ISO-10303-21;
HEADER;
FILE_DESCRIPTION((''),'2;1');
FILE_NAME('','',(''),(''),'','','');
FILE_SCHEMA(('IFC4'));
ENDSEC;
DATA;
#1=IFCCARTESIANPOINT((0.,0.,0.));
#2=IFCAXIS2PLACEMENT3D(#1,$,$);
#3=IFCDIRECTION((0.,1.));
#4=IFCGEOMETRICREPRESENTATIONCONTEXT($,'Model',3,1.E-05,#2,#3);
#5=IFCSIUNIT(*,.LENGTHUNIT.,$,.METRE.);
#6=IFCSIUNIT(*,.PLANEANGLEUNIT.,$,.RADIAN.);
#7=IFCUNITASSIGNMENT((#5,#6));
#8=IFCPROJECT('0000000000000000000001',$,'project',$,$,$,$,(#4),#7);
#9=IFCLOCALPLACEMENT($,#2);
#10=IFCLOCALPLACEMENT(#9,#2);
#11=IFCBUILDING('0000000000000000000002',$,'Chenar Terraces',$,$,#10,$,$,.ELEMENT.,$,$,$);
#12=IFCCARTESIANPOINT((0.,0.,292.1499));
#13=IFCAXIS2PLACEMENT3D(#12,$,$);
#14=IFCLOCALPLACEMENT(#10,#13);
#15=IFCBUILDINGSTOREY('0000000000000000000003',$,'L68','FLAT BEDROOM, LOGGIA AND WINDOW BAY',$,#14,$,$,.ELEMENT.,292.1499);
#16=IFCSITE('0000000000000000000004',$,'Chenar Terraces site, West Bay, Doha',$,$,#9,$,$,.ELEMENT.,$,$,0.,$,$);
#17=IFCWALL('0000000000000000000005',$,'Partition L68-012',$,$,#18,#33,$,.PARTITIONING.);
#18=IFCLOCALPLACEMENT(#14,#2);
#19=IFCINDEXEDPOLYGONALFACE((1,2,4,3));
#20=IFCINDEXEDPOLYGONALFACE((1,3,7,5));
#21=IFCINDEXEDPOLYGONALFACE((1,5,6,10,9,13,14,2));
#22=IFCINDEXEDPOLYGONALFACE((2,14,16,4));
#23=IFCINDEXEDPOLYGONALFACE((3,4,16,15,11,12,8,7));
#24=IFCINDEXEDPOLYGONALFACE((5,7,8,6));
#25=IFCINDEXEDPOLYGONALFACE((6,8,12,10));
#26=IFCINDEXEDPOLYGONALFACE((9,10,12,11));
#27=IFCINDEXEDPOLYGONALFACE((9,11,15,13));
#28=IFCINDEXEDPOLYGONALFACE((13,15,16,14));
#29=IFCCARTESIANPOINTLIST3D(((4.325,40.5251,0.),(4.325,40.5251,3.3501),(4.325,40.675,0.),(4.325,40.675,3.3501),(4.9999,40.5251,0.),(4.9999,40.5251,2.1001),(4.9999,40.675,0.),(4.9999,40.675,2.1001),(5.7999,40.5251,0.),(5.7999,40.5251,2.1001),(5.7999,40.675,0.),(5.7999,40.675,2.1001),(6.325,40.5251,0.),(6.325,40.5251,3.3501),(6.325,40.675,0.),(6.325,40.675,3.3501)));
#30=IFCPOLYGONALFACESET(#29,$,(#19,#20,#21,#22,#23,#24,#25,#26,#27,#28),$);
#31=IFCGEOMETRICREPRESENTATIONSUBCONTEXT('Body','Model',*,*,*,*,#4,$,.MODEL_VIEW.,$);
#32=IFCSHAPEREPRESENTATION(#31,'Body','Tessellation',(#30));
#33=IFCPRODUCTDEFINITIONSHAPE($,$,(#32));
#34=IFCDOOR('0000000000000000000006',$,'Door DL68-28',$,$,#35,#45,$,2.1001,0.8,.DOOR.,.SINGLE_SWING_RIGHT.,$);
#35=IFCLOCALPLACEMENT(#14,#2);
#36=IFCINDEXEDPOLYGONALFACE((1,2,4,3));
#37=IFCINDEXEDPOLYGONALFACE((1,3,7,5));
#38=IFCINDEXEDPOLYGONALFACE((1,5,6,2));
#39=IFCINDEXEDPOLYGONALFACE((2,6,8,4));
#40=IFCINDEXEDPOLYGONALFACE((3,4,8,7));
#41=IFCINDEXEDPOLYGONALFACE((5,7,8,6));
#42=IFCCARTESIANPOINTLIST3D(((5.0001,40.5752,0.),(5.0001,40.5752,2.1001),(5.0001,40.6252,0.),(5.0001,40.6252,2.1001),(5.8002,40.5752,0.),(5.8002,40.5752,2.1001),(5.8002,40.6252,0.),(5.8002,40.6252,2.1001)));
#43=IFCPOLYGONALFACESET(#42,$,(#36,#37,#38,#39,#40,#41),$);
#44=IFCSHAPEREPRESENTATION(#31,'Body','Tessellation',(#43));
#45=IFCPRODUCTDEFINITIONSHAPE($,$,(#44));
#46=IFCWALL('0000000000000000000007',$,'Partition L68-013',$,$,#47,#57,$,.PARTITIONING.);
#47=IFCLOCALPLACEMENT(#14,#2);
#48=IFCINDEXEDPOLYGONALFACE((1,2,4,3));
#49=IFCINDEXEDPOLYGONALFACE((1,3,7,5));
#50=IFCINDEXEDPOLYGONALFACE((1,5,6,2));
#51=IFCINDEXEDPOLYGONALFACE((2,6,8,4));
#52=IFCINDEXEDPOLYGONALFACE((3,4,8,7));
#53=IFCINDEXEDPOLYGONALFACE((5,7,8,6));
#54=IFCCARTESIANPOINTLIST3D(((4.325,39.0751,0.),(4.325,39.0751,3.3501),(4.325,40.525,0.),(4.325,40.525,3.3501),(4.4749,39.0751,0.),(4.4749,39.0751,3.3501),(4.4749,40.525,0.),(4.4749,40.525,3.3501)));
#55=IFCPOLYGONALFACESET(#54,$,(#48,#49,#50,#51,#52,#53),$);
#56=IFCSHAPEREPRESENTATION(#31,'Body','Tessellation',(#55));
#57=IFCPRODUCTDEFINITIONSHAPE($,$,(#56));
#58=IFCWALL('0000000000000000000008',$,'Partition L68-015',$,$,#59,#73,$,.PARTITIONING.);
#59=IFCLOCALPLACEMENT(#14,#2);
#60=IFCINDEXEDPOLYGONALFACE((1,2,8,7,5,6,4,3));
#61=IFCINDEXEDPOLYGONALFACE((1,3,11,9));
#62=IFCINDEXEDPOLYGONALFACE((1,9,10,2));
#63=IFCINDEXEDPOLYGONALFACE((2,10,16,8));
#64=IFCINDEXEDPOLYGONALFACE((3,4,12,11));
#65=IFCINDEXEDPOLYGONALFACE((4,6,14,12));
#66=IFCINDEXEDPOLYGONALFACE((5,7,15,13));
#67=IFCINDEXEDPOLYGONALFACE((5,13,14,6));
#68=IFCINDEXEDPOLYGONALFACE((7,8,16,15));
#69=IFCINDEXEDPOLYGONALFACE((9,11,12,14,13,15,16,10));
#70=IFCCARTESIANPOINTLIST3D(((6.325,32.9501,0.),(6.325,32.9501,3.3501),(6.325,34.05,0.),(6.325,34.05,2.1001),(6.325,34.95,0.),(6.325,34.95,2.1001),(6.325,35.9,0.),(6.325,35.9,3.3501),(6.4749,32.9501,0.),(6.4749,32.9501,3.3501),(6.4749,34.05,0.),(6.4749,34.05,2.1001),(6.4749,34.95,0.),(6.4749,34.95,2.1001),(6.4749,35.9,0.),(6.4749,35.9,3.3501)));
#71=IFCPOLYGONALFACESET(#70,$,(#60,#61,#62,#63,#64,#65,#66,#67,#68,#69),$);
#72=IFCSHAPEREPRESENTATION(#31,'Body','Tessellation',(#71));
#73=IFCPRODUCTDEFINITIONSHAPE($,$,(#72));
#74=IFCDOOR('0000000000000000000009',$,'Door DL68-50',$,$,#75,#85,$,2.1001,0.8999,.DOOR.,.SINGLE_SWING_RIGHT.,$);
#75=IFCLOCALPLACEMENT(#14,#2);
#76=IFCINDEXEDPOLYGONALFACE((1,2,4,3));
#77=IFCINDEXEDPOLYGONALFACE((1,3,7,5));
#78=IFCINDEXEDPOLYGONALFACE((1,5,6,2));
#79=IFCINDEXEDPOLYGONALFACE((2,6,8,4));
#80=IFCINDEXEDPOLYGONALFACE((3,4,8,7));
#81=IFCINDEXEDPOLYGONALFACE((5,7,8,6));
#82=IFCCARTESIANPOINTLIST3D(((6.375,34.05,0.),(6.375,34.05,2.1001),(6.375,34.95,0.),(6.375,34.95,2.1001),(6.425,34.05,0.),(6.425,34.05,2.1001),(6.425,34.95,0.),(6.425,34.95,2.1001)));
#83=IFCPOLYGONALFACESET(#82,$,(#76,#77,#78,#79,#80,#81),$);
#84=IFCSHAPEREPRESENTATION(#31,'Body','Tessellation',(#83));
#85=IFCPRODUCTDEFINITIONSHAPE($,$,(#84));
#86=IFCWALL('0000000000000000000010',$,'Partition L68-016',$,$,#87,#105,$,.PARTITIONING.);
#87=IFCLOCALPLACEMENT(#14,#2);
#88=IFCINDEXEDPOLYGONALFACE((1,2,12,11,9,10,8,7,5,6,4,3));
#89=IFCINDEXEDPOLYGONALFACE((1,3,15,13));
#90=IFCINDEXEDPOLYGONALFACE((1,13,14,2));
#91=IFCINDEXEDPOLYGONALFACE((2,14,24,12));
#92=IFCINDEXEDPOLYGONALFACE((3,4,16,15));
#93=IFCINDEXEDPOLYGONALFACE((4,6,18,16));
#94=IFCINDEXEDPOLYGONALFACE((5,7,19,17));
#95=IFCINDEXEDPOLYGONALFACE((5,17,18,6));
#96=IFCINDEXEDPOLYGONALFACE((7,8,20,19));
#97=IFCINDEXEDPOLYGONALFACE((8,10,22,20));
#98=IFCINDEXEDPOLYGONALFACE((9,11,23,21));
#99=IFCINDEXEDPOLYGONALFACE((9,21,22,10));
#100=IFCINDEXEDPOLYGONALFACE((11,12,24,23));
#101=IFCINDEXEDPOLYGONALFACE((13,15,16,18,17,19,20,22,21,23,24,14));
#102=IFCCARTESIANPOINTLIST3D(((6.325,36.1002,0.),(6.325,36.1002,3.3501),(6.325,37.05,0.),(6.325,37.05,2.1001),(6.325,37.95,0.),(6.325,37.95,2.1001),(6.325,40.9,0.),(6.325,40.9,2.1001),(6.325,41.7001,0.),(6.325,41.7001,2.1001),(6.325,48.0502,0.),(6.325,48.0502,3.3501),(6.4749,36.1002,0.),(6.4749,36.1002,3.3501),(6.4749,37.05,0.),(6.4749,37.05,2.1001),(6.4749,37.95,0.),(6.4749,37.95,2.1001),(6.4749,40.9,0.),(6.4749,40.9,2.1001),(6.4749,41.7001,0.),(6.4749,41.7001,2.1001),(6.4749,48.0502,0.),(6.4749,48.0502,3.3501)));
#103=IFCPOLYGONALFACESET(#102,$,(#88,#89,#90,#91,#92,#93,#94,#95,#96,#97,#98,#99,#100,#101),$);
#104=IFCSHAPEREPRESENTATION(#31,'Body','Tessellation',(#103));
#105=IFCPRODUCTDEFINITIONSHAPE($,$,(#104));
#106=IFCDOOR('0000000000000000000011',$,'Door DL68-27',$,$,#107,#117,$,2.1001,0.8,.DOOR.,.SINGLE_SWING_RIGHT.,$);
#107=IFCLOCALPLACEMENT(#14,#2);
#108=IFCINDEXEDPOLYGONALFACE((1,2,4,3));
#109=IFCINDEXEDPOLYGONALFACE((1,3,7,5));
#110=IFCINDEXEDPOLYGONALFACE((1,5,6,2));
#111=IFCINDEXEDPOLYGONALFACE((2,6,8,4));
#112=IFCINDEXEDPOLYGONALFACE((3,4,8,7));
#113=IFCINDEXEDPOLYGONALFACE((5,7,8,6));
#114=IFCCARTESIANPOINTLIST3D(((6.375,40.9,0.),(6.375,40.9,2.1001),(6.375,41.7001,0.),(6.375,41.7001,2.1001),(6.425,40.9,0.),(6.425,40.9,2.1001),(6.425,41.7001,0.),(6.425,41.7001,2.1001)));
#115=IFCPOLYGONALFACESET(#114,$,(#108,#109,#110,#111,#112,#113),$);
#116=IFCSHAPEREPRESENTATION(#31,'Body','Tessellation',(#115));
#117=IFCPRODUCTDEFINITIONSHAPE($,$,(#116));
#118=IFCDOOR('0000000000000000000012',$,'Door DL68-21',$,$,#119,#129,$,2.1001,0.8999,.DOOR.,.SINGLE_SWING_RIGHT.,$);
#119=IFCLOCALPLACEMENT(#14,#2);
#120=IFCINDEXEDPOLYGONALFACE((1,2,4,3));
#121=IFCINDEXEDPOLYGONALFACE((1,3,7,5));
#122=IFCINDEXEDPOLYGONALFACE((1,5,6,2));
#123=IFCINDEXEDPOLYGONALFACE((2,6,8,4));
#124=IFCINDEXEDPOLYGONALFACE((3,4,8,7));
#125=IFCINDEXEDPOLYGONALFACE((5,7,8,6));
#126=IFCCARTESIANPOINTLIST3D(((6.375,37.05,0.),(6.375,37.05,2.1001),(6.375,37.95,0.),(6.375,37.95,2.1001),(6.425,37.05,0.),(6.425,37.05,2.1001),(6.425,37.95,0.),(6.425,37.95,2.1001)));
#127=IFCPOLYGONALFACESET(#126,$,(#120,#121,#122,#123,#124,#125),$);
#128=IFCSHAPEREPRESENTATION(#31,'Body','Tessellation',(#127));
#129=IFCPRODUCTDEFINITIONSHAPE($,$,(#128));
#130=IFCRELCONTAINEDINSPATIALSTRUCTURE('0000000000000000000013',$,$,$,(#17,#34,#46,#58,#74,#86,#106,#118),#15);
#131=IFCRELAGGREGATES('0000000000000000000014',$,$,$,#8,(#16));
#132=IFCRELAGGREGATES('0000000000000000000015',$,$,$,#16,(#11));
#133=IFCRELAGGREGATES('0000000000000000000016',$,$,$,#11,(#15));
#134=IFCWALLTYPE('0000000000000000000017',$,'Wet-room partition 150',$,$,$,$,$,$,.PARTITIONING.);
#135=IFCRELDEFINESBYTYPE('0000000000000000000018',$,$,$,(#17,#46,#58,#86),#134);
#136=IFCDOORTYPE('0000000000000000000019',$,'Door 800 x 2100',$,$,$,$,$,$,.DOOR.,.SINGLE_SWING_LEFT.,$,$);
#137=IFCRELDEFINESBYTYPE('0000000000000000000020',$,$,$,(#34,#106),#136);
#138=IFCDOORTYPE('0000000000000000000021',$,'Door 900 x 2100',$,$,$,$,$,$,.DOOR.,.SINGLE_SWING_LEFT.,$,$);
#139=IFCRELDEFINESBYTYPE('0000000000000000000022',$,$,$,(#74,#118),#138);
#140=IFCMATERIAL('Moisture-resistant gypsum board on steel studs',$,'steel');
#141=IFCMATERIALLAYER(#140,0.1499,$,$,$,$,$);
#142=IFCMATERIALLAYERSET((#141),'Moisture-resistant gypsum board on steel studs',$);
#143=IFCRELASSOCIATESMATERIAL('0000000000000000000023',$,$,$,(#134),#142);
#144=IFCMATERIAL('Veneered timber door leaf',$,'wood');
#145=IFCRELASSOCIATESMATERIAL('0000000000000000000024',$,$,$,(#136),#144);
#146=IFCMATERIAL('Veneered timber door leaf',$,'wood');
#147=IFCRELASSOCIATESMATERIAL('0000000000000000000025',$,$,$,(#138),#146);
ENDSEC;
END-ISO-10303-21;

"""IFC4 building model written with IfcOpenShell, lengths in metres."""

from ifc_helpers import new_model, si_unit, direction, frame, frame_2d, origin, place, context, subcontext, project, spatial, rectangle, extrude, material, layer, layer_set, type_object, element, fill, save


model = new_model("IFC4")

# Units and contexts
model_context = context("Model", 3, precision=1e-05, world=origin(), true_north=direction((0.0, 1.0)))
body_context = subcontext(model_context, "Body", "Model", "MODEL_VIEW")
ifc_project = project(units=[si_unit("LENGTHUNIT", "METRE"), si_unit("PLANEANGLEUNIT", "RADIAN")], contexts=[model_context])

# Site, building, storey
site_placement = place(None, origin())
site = spatial("IfcSite", under=ifc_project, at=site_placement, Name="Chenar Terraces site, West Bay, Doha", CompositionType="ELEMENT", RefElevation=0.0)
building_placement = place(site_placement, origin())
building = spatial("IfcBuilding", under=site, at=building_placement, Name="Chenar Terraces", CompositionType="ELEMENT")
storey_placement = place(building_placement, frame((0.0, 0.0, 292.1499)))
storey = spatial("IfcBuildingStorey", under=building, at=storey_placement, Name="L68", Description="FLAT BEDROOM, LOGGIA AND WINDOW BAY", CompositionType="ELEMENT", Elevation=292.1499)

# Shared definitions
ifc_material_1 = material(Name="Moisture-resistant gypsum board on steel studs", Category="steel")
ifc_layer_1 = layer(ifc_material_1, 0.1499)
ifc_layer_set_1 = layer_set([ifc_layer_1], Name="Moisture-resistant gypsum board on steel studs")
wall_type_1 = type_object("IfcWallType", Name="Wet-room partition 150", PredefinedType="PARTITIONING", material=ifc_layer_set_1)

# Wall, opening, door
wall_1_placement = place(storey_placement, frame((4.325, 40.6001, 0.0), z_axis=(0.0, 0.0, 1.0), x_axis=(1.0, 0.0, 0.0)))
wall_1 = element("IfcWall", 1, at=wall_1_placement, inside=storey, type_object=wall_type_1, Name="Partition L68-012", PredefinedType="PARTITIONING", context=body_context, shape_type="SweptSolid", body=[
    extrude(rectangle(XDim=2.0, YDim=0.1499, at=frame_2d((1.0, 0.0))), origin(), (0.0, 0.0, 1.0), 3.3501),
])
opening_1_placement = place(wall_1_placement, frame((0.675, 0.0, 0.0)))
opening_1 = element("IfcOpeningElement", 2, at=opening_1_placement, cuts=wall_1, PredefinedType="OPENING", context=body_context, shape_type="SweptSolid", body=[
    extrude(rectangle(XDim=0.8, YDim=2.1001, at=frame_2d((0.3999, 1.05))), frame((0.0, 0.085, 0.0), z_axis=(0.0, -1.0, 0.0), x_axis=(1.0, 0.0, 0.0)), (0.0, 0.0, 1.0), 0.1699),
])
ifc_material_2 = material(Name="Veneered timber door leaf", Category="wood")
door_type_1 = type_object("IfcDoorType", Name="Door 800 x 2100", OperationType="SINGLE_SWING_LEFT", PredefinedType="DOOR", material=ifc_material_2)
door_1_placement = place(opening_1_placement, frame((0.8, 0.0, 0.0), z_axis=(0.0, 0.0, 1.0), x_axis=(-1.0, 0.0, 0.0)))
door_1 = element("IfcDoor", 3, at=door_1_placement, inside=storey, type_object=door_type_1, Name="Door DL68-28", OperationType="SINGLE_SWING_RIGHT", OverallHeight=2.1001, OverallWidth=0.8, PredefinedType="DOOR", context=body_context, shape_type="SweptSolid", body=[
    extrude(rectangle(XDim=0.8, YDim=2.1001, at=frame_2d((0.3999, 1.05))), frame((0.0, 0.0249, 0.0), z_axis=(0.0, -1.0, 0.0), x_axis=(1.0, 0.0, 0.0)), (0.0, 0.0, 1.0), 0.05),
])
fill(opening_1, door_1)

# Wall
wall_2_placement = place(storey_placement, frame((4.3999, 39.075, 0.0), z_axis=(0.0, 0.0, 1.0), x_axis=(0.0, 1.0, 0.0)))
element("IfcWall", 4, at=wall_2_placement, inside=storey, type_object=wall_type_1, Name="Partition L68-013", PredefinedType="PARTITIONING", context=body_context, shape_type="SweptSolid", body=[
    extrude(rectangle(XDim=1.45, YDim=0.1499, at=frame_2d((0.7251, 0.0))), origin(), (0.0, 0.0, 1.0), 3.3501),
])

# Wall, opening, door
wall_3_placement = place(storey_placement, frame((6.3999, 32.95, 0.0), z_axis=(0.0, 0.0, 1.0), x_axis=(0.0, 1.0, 0.0)))
wall_3 = element("IfcWall", 5, at=wall_3_placement, inside=storey, type_object=wall_type_1, Name="Partition L68-015", PredefinedType="PARTITIONING", context=body_context, shape_type="SweptSolid", body=[
    extrude(rectangle(XDim=2.95, YDim=0.1499, at=frame_2d((1.4751, 0.0))), origin(), (0.0, 0.0, 1.0), 3.3501),
])
opening_2_placement = place(wall_3_placement, frame((1.1001, 0.0, 0.0)))
opening_2 = element("IfcOpeningElement", 6, at=opening_2_placement, cuts=wall_3, PredefinedType="OPENING", context=body_context, shape_type="SweptSolid", body=[
    extrude(rectangle(XDim=0.8999, YDim=2.1001, at=frame_2d((0.45, 1.05))), frame((0.0, 0.085, 0.0), z_axis=(0.0, -1.0, 0.0), x_axis=(1.0, 0.0, 0.0)), (0.0, 0.0, 1.0), 0.1699),
])
ifc_material_3 = material(Name="Veneered timber door leaf", Category="wood")
door_type_2 = type_object("IfcDoorType", Name="Door 900 x 2100", OperationType="SINGLE_SWING_LEFT", PredefinedType="DOOR", material=ifc_material_3)
door_2_placement = place(opening_2_placement, origin())
door_2 = element("IfcDoor", 7, at=door_2_placement, inside=storey, type_object=door_type_2, Name="Door DL68-50", OperationType="SINGLE_SWING_RIGHT", OverallHeight=2.1001, OverallWidth=0.8999, PredefinedType="DOOR", context=body_context, shape_type="SweptSolid", body=[
    extrude(rectangle(XDim=0.8999, YDim=2.1001, at=frame_2d((0.45, 1.05))), frame((0.0, 0.0249, 0.0), z_axis=(0.0, -1.0, 0.0), x_axis=(1.0, 0.0, 0.0)), (0.0, 0.0, 1.0), 0.05),
])
fill(opening_2, door_2)

# Wall, openings, doors
wall_4_placement = place(storey_placement, frame((6.3999, 36.1001, 0.0), z_axis=(0.0, 0.0, 1.0), x_axis=(0.0, 1.0, 0.0)))
wall_4 = element("IfcWall", 8, at=wall_4_placement, inside=storey, type_object=wall_type_1, Name="Partition L68-016", PredefinedType="PARTITIONING", context=body_context, shape_type="SweptSolid", body=[
    extrude(rectangle(XDim=11.95, YDim=0.1499, at=frame_2d((5.9751, 0.0))), origin(), (0.0, 0.0, 1.0), 3.3501),
])
opening_3_placement = place(wall_4_placement, frame((0.95, 0.0, 0.0)))
opening_3 = element("IfcOpeningElement", 9, at=opening_3_placement, cuts=wall_4, PredefinedType="OPENING", context=body_context, shape_type="SweptSolid", body=[
    extrude(rectangle(XDim=0.8999, YDim=2.1001, at=frame_2d((0.45, 1.05))), frame((0.0, 0.085, 0.0), z_axis=(0.0, -1.0, 0.0), x_axis=(1.0, 0.0, 0.0)), (0.0, 0.0, 1.0), 0.1699),
])
opening_4_placement = place(wall_4_placement, frame((4.8, 0.0, 0.0)))
opening_4 = element("IfcOpeningElement", 10, at=opening_4_placement, cuts=wall_4, PredefinedType="OPENING", context=body_context, shape_type="SweptSolid", body=[
    extrude(rectangle(XDim=0.8, YDim=2.1001, at=frame_2d((0.3999, 1.05))), frame((0.0, 0.085, 0.0), z_axis=(0.0, -1.0, 0.0), x_axis=(1.0, 0.0, 0.0)), (0.0, 0.0, 1.0), 0.1699),
])
door_3_placement = place(opening_4_placement, origin())
door_3 = element("IfcDoor", 11, at=door_3_placement, inside=storey, type_object=door_type_1, Name="Door DL68-27", OperationType="SINGLE_SWING_RIGHT", OverallHeight=2.1001, OverallWidth=0.8, PredefinedType="DOOR", context=body_context, shape_type="SweptSolid", body=[
    extrude(rectangle(XDim=0.8, YDim=2.1001, at=frame_2d((0.3999, 1.05))), frame((0.0, 0.0249, 0.0), z_axis=(0.0, -1.0, 0.0), x_axis=(1.0, 0.0, 0.0)), (0.0, 0.0, 1.0), 0.05),
])
fill(opening_4, door_3)
door_4_placement = place(opening_3_placement, origin())
door_4 = element("IfcDoor", 12, at=door_4_placement, inside=storey, type_object=door_type_2, Name="Door DL68-21", OperationType="SINGLE_SWING_RIGHT", OverallHeight=2.1001, OverallWidth=0.8999, PredefinedType="DOOR", context=body_context, shape_type="SweptSolid", body=[
    extrude(rectangle(XDim=0.8999, YDim=2.1001, at=frame_2d((0.45, 1.05))), frame((0.0, 0.0249, 0.0), z_axis=(0.0, -1.0, 0.0), x_axis=(1.0, 0.0, 0.0)), (0.0, 0.0, 1.0), 0.05),
])
fill(opening_3, door_4)

save(model, "model.ifc")
